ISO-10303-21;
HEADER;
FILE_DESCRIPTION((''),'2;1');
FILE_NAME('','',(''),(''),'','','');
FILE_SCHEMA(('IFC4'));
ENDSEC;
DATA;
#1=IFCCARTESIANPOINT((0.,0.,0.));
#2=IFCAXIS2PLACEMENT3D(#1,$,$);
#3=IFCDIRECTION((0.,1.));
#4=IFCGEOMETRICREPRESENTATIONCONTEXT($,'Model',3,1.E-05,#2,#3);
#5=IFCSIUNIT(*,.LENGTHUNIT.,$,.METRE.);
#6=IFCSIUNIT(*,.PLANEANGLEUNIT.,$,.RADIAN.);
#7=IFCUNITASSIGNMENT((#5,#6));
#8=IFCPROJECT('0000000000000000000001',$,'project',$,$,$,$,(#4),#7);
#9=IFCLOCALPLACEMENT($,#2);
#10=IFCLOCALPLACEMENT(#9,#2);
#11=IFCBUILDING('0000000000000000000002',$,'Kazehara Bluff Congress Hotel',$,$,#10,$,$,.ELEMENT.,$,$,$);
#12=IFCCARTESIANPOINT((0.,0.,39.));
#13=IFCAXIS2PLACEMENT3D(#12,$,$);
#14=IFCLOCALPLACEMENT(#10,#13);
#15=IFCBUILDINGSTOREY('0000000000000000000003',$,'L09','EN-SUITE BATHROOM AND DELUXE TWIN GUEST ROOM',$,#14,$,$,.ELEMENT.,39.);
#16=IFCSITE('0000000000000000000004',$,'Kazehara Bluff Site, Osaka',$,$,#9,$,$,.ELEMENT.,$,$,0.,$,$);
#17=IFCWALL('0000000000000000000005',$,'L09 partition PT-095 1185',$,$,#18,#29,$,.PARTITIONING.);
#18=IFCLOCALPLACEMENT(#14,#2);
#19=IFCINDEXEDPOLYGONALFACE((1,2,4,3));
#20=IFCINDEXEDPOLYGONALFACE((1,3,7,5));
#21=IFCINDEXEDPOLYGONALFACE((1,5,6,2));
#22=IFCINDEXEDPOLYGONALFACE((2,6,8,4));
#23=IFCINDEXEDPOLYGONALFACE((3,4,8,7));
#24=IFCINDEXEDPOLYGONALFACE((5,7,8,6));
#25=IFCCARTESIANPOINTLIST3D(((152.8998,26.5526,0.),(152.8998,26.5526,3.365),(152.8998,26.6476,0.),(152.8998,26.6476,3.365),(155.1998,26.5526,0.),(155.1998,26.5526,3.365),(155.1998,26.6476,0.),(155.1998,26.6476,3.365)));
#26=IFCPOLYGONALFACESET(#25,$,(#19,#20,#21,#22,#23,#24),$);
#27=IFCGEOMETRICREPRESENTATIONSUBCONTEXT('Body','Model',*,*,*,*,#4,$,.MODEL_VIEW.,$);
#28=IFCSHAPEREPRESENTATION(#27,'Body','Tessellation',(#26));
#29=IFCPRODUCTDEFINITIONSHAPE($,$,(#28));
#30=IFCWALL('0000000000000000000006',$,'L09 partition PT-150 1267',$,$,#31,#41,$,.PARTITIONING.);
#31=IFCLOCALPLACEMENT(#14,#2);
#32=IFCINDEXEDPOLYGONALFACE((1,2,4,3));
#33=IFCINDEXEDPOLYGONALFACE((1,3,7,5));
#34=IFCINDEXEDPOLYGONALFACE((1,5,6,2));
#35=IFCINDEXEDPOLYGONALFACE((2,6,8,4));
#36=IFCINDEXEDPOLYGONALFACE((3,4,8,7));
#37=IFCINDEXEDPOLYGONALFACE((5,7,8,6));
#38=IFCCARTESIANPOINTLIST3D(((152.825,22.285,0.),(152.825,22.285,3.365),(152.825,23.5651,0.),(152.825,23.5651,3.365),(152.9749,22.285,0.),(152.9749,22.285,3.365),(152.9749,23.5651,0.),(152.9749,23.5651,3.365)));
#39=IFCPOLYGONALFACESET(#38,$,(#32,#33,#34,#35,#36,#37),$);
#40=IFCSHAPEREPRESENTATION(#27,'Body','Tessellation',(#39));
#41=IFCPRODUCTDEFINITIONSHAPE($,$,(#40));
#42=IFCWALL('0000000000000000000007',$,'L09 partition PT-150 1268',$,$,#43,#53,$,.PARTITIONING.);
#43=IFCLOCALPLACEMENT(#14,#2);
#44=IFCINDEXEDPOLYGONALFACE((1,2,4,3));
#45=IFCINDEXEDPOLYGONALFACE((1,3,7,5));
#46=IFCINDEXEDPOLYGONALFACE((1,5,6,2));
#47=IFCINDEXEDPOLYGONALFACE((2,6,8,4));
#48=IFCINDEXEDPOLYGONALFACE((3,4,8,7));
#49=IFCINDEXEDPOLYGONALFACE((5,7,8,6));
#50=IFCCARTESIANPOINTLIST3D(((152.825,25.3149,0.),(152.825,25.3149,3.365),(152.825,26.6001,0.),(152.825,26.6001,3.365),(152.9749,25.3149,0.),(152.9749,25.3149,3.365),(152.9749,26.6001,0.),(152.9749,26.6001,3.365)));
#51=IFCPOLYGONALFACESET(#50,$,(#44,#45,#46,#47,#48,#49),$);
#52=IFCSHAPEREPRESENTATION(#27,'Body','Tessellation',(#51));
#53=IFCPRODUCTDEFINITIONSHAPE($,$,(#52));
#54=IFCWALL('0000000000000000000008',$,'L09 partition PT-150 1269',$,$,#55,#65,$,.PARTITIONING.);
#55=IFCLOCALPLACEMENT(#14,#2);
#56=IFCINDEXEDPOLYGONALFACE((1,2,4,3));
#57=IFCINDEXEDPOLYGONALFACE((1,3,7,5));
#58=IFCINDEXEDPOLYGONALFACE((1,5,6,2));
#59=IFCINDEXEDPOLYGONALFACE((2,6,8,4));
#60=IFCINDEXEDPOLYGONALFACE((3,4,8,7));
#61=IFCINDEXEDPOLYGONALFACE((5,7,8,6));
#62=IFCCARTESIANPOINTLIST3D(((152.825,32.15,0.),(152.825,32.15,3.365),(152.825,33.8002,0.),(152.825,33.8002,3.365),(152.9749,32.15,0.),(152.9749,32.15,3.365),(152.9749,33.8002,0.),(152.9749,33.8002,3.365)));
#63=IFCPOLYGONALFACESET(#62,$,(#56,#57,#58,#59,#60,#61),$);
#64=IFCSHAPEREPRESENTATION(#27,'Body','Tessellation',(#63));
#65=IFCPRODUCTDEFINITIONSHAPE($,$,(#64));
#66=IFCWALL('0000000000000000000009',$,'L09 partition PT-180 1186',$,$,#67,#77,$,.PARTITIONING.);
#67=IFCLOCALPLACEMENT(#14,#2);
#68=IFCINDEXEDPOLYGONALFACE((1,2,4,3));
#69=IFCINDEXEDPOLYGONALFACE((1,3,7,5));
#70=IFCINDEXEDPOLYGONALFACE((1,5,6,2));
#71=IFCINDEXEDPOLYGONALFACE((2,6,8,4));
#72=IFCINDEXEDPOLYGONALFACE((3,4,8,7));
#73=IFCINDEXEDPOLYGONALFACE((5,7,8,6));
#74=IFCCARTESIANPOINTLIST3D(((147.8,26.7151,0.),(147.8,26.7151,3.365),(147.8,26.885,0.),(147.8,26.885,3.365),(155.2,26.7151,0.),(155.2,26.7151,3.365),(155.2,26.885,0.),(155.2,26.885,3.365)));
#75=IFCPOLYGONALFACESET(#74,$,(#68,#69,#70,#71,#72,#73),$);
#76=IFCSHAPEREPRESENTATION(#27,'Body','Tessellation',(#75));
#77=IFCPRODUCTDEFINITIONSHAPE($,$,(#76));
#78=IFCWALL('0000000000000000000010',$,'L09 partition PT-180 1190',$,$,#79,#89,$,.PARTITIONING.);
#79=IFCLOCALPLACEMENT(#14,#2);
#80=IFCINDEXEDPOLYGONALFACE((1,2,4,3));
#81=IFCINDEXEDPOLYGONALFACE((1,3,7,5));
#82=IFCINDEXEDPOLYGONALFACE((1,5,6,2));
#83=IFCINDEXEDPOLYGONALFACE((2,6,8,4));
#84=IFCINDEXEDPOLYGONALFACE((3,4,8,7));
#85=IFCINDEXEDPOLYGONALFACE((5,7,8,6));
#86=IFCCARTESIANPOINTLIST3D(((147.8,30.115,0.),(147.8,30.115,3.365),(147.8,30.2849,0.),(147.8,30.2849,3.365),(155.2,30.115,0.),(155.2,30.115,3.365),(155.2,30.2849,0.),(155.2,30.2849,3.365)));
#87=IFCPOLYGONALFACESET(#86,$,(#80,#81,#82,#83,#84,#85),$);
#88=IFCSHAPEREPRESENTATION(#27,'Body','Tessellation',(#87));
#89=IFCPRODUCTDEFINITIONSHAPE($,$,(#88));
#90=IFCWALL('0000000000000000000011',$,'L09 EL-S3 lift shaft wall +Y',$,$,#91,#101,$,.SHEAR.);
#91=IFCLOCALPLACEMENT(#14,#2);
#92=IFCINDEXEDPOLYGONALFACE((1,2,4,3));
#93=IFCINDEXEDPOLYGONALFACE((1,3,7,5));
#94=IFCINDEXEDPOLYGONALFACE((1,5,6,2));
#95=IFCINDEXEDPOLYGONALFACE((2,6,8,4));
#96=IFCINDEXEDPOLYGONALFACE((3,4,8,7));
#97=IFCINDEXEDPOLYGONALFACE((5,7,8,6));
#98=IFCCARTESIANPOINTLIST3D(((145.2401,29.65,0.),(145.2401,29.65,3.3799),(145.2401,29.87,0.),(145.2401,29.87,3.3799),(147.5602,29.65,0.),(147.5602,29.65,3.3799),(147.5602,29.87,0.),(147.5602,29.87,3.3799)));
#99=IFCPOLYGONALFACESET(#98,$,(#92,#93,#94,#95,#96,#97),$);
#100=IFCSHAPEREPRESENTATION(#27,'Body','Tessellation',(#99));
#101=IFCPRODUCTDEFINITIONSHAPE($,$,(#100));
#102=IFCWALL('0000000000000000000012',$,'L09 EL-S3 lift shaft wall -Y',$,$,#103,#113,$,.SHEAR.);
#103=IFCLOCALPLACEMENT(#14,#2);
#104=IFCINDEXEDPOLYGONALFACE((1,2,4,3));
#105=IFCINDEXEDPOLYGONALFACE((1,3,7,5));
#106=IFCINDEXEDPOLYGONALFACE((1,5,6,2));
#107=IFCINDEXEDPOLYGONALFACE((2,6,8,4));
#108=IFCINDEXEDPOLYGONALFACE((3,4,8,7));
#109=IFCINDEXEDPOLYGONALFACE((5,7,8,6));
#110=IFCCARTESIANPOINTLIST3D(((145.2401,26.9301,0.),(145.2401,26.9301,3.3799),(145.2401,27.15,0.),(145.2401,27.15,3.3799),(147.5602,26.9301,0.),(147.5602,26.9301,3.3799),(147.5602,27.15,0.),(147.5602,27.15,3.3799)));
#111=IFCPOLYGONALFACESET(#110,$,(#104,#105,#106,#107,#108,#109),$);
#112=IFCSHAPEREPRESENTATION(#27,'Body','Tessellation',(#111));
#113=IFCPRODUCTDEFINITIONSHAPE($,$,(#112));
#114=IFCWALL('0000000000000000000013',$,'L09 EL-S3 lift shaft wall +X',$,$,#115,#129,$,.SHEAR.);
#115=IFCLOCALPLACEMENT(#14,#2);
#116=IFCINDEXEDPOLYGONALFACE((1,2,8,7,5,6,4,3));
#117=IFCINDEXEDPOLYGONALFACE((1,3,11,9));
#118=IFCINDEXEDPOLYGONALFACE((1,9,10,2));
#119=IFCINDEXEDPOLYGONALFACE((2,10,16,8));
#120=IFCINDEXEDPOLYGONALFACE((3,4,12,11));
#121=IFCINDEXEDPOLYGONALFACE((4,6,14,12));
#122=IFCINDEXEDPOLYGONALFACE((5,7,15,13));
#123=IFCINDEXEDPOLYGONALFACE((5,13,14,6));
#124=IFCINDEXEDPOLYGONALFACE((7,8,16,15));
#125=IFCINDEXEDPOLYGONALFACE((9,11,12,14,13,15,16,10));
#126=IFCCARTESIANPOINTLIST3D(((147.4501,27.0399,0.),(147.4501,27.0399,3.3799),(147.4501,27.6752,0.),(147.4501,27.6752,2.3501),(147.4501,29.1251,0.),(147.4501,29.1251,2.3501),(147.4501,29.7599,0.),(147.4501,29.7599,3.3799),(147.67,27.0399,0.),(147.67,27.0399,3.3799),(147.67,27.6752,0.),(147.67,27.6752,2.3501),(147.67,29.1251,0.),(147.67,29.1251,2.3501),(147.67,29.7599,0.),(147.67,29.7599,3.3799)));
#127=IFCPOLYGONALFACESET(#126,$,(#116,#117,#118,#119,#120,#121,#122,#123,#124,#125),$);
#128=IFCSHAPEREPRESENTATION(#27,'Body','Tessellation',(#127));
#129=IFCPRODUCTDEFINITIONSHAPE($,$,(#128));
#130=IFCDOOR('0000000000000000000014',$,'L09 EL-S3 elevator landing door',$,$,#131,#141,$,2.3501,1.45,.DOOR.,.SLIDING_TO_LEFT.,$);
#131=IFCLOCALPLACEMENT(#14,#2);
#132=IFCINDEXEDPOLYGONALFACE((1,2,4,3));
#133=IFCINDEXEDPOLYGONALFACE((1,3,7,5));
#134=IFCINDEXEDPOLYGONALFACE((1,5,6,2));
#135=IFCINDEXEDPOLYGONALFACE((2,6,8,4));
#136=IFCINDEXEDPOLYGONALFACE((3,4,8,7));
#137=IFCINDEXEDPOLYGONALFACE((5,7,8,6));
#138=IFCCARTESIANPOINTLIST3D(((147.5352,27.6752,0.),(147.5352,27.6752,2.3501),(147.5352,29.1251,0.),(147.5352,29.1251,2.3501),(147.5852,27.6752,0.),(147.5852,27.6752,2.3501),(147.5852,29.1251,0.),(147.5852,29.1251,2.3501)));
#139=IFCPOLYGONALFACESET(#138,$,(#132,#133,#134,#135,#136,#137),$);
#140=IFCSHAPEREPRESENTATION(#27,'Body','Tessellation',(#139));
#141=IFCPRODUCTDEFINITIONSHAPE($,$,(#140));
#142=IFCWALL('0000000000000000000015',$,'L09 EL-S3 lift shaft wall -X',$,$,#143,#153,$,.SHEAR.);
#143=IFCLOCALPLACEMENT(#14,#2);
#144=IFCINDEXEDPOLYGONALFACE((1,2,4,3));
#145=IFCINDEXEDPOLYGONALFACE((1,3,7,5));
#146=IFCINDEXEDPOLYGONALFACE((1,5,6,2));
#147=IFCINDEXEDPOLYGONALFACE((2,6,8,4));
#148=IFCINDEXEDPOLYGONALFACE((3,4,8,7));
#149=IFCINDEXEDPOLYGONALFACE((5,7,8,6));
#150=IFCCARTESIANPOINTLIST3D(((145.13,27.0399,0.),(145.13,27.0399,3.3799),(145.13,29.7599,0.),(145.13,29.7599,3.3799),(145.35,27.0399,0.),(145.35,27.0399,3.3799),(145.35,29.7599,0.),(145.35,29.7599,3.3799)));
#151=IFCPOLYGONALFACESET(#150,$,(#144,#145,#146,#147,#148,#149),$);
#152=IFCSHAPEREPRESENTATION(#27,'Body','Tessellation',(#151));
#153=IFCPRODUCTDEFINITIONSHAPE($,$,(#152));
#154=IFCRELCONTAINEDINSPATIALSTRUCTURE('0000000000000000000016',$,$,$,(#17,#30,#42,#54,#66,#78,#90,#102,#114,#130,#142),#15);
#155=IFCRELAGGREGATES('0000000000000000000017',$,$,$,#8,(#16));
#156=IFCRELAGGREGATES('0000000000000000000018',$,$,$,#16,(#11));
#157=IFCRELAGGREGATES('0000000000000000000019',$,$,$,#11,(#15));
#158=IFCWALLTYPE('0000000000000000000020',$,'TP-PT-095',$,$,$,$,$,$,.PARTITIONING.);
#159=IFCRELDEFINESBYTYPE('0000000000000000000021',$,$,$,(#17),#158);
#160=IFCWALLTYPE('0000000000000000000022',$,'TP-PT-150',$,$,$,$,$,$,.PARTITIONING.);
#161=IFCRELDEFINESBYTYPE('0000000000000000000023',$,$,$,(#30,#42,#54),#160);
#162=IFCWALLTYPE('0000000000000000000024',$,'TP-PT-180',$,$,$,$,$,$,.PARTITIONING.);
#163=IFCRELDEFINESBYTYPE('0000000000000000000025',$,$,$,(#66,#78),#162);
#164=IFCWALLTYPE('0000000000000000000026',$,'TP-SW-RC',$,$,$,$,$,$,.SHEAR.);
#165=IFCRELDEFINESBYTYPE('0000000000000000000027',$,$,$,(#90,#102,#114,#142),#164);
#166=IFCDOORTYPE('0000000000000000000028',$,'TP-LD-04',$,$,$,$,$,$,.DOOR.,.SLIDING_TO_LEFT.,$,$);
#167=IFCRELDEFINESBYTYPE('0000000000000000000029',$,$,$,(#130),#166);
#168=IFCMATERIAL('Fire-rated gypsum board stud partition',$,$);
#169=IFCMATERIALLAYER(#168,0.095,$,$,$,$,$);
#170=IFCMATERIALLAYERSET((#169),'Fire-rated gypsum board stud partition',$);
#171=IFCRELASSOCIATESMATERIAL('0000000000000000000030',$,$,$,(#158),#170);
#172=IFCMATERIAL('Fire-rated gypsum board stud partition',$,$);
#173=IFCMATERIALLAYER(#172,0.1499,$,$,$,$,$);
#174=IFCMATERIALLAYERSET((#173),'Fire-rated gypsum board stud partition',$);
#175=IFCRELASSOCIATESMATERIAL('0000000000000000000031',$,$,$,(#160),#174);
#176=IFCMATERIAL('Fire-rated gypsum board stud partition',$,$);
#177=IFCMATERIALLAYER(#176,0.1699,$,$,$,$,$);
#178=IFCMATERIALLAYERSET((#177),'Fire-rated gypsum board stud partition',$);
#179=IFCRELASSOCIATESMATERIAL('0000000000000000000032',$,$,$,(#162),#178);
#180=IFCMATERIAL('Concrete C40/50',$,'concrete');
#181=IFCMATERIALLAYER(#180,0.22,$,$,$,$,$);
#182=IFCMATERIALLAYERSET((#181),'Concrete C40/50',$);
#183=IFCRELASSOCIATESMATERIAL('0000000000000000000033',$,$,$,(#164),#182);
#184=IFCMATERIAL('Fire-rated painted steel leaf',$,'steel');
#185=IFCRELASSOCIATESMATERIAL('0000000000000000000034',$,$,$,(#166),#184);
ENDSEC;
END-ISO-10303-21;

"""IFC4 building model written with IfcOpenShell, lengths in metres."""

from ifc_helpers import new_model, si_unit, direction, frame, frame_2d, origin, place, context, subcontext, project, spatial, rectangle, extrude, material, layer, layer_set, type_object, element, fill, save


model = new_model("IFC4")

# Units and contexts
model_context = context("Model", 3, precision=1e-05, world=origin(), true_north=direction((0.0, 1.0)))
body_context = subcontext(model_context, "Body", "Model", "MODEL_VIEW")
ifc_project = project(units=[si_unit("LENGTHUNIT", "METRE"), si_unit("PLANEANGLEUNIT", "RADIAN")], contexts=[model_context])

# Site, building, storey
site_placement = place(None, origin())
site = spatial("IfcSite", under=ifc_project, at=site_placement, Name="Kazehara Bluff Site, Osaka", CompositionType="ELEMENT", RefElevation=0.0)
building_placement = place(site_placement, origin())
building = spatial("IfcBuilding", under=site, at=building_placement, Name="Kazehara Bluff Congress Hotel", CompositionType="ELEMENT")
storey_placement = place(building_placement, frame((0.0, 0.0, 39.0)))
storey = spatial("IfcBuildingStorey", under=building, at=storey_placement, Name="L09", Description="EN-SUITE BATHROOM AND DELUXE TWIN GUEST ROOM", CompositionType="ELEMENT", Elevation=39.0)

# Wall
ifc_material_1 = material(Name="Fire-rated gypsum board stud partition")
ifc_layer_1 = layer(ifc_material_1, 0.095)
ifc_layer_set_1 = layer_set([ifc_layer_1], Name="Fire-rated gypsum board stud partition")
wall_type_1 = type_object("IfcWallType", Name="TP-PT-095", PredefinedType="PARTITIONING", material=ifc_layer_set_1)
wall_1_placement = place(storey_placement, frame((152.8999, 26.6001, 0.0), z_axis=(0.0, 0.0, 1.0), x_axis=(1.0, 0.0, 0.0)))
element("IfcWall", 1, at=wall_1_placement, inside=storey, type_object=wall_type_1, Name="L09 partition PT-095 1185", PredefinedType="PARTITIONING", context=body_context, shape_type="SweptSolid", body=[
    extrude(rectangle(XDim=2.3, YDim=0.095, at=frame_2d((1.1499, 0.0))), origin(), (0.0, 0.0, 1.0), 3.365),
])

# Shared definitions
ifc_material_2 = material(Name="Fire-rated gypsum board stud partition")
ifc_layer_2 = layer(ifc_material_2, 0.1499)
ifc_layer_set_2 = layer_set([ifc_layer_2], Name="Fire-rated gypsum board stud partition")
wall_type_2 = type_object("IfcWallType", Name="TP-PT-150", PredefinedType="PARTITIONING", material=ifc_layer_set_2)

# Walls
wall_2_placement = place(storey_placement, frame((152.8999, 22.2849, 0.0), z_axis=(0.0, 0.0, 1.0), x_axis=(0.0, 1.0, 0.0)))
element("IfcWall", 2, at=wall_2_placement, inside=storey, type_object=wall_type_2, Name="L09 partition PT-150 1267", PredefinedType="PARTITIONING", context=body_context, shape_type="SweptSolid", body=[
    extrude(rectangle(XDim=1.28, YDim=0.1499, at=frame_2d((0.6401, 0.0))), origin(), (0.0, 0.0, 1.0), 3.365),
])
wall_3_placement = place(storey_placement, frame((152.8999, 25.3149, 0.0), z_axis=(0.0, 0.0, 1.0), x_axis=(0.0, 1.0, 0.0)))
element("IfcWall", 3, at=wall_3_placement, inside=storey, type_object=wall_type_2, Name="L09 partition PT-150 1268", PredefinedType="PARTITIONING", context=body_context, shape_type="SweptSolid", body=[
    extrude(rectangle(XDim=1.2852, YDim=0.1499, at=frame_2d((0.6426, 0.0))), origin(), (0.0, 0.0, 1.0), 3.365),
])
wall_4_placement = place(storey_placement, frame((152.8999, 32.1499, 0.0), z_axis=(0.0, 0.0, 1.0), x_axis=(0.0, 1.0, 0.0)))
element("IfcWall", 4, at=wall_4_placement, inside=storey, type_object=wall_type_2, Name="L09 partition PT-150 1269", PredefinedType="PARTITIONING", context=body_context, shape_type="SweptSolid", body=[
    extrude(rectangle(XDim=1.6501, YDim=0.1499, at=frame_2d((0.8252, 0.0))), origin(), (0.0, 0.0, 1.0), 3.365),
])
ifc_material_3 = material(Name="Fire-rated gypsum board stud partition")
ifc_layer_3 = layer(ifc_material_3, 0.1699)
ifc_layer_set_3 = layer_set([ifc_layer_3], Name="Fire-rated gypsum board stud partition")
wall_type_3 = type_object("IfcWallType", Name="TP-PT-180", PredefinedType="PARTITIONING", material=ifc_layer_set_3)
for number, where, z_axis, x_axis, name in (
    (5, (147.8, 26.8, 0.0), (0.0, 0.0, 1.0), (1.0, 0.0, 0.0), "L09 partition PT-180 1186"),
    (6, (147.8, 30.2, 0.0), (0.0, 0.0, 1.0), (1.0, 0.0, 0.0), "L09 partition PT-180 1190"),
):
    element("IfcWall", number, at=place(storey_placement, frame(where, z_axis=z_axis, x_axis=x_axis)), inside=storey, type_object=wall_type_3, Name=name, PredefinedType="PARTITIONING", context=body_context, shape_type="SweptSolid", body=[
        extrude(rectangle(XDim=7.3999, YDim=0.1699, at=frame_2d((3.7, 0.0))), origin(), (0.0, 0.0, 1.0), 3.365),
    ])
ifc_material_4 = material(Name="Concrete C40/50", Category="concrete")
ifc_layer_4 = layer(ifc_material_4, 0.22)
ifc_layer_set_4 = layer_set([ifc_layer_4], Name="Concrete C40/50")
wall_type_4 = type_object("IfcWallType", Name="TP-SW-RC", PredefinedType="SHEAR", material=ifc_layer_set_4)
for number, where, z_axis, x_axis, name in (
    (7, (145.24, 29.76, 0.0), (0.0, 0.0, 1.0), (1.0, 0.0, 0.0), "L09 EL-S3 lift shaft wall +Y"),
    (8, (145.24, 27.04, 0.0), (0.0, 0.0, 1.0), (1.0, 0.0, 0.0), "L09 EL-S3 lift shaft wall -Y"),
):
    element("IfcWall", number, at=place(storey_placement, frame(where, z_axis=z_axis, x_axis=x_axis)), inside=storey, type_object=wall_type_4, Name=name, PredefinedType="SHEAR", context=body_context, shape_type="SweptSolid", body=[
        extrude(rectangle(XDim=2.3201, YDim=0.22, at=frame_2d((1.1602, 0.0))), origin(), (0.0, 0.0, 1.0), 3.3799),
    ])

# Wall, opening, door
wall_5_placement = place(storey_placement, frame((147.5601, 27.04, 0.0), z_axis=(0.0, 0.0, 1.0), x_axis=(0.0, 1.0, 0.0)))
wall_5 = element("IfcWall", 9, at=wall_5_placement, inside=storey, type_object=wall_type_4, Name="L09 EL-S3 lift shaft wall +X", PredefinedType="SHEAR", context=body_context, shape_type="SweptSolid", body=[
    extrude(rectangle(XDim=2.72, YDim=0.22, at=frame_2d((1.3599, 0.0))), origin(), (0.0, 0.0, 1.0), 3.3799),
])
opening_1_placement = place(wall_5_placement, frame((0.635, 0.0, 0.0)))
opening_1 = element("IfcOpeningElement", 10, at=opening_1_placement, cuts=wall_5, PredefinedType="OPENING", context=body_context, shape_type="SweptSolid", body=[
    extrude(rectangle(XDim=1.45, YDim=2.3501, at=frame_2d((0.7251, 1.175))), frame((0.0, 0.1199, 0.0), z_axis=(0.0, -1.0, 0.0), x_axis=(1.0, 0.0, 0.0)), (0.0, 0.0, 1.0), 0.24),
])
ifc_material_5 = material(Name="Fire-rated painted steel leaf", Category="steel")
door_type_1 = type_object("IfcDoorType", Name="TP-LD-04", OperationType="SLIDING_TO_LEFT", PredefinedType="DOOR", material=ifc_material_5)
door_1_placement = place(opening_1_placement, origin())
door_1 = element("IfcDoor", 11, at=door_1_placement, inside=storey, type_object=door_type_1, Name="L09 EL-S3 elevator landing door", OperationType="SLIDING_TO_LEFT", OverallHeight=2.3501, OverallWidth=1.45, PredefinedType="DOOR", context=body_context, shape_type="SweptSolid", body=[
    extrude(rectangle(XDim=1.45, YDim=2.3501, at=frame_2d((0.7251, 1.175))), frame((0.0, 0.0249, 0.0), z_axis=(0.0, -1.0, 0.0), x_axis=(1.0, 0.0, 0.0)), (0.0, 0.0, 1.0), 0.05),
])
fill(opening_1, door_1)

# Wall
wall_6_placement = place(storey_placement, frame((145.24, 27.04, 0.0), z_axis=(0.0, 0.0, 1.0), x_axis=(0.0, 1.0, 0.0)))
element("IfcWall", 12, at=wall_6_placement, inside=storey, type_object=wall_type_4, Name="L09 EL-S3 lift shaft wall -X", PredefinedType="SHEAR", context=body_context, shape_type="SweptSolid", body=[
    extrude(rectangle(XDim=2.72, YDim=0.22, at=frame_2d((1.3599, 0.0))), origin(), (0.0, 0.0, 1.0), 3.3799),
])

save(model, "model.ifc")
